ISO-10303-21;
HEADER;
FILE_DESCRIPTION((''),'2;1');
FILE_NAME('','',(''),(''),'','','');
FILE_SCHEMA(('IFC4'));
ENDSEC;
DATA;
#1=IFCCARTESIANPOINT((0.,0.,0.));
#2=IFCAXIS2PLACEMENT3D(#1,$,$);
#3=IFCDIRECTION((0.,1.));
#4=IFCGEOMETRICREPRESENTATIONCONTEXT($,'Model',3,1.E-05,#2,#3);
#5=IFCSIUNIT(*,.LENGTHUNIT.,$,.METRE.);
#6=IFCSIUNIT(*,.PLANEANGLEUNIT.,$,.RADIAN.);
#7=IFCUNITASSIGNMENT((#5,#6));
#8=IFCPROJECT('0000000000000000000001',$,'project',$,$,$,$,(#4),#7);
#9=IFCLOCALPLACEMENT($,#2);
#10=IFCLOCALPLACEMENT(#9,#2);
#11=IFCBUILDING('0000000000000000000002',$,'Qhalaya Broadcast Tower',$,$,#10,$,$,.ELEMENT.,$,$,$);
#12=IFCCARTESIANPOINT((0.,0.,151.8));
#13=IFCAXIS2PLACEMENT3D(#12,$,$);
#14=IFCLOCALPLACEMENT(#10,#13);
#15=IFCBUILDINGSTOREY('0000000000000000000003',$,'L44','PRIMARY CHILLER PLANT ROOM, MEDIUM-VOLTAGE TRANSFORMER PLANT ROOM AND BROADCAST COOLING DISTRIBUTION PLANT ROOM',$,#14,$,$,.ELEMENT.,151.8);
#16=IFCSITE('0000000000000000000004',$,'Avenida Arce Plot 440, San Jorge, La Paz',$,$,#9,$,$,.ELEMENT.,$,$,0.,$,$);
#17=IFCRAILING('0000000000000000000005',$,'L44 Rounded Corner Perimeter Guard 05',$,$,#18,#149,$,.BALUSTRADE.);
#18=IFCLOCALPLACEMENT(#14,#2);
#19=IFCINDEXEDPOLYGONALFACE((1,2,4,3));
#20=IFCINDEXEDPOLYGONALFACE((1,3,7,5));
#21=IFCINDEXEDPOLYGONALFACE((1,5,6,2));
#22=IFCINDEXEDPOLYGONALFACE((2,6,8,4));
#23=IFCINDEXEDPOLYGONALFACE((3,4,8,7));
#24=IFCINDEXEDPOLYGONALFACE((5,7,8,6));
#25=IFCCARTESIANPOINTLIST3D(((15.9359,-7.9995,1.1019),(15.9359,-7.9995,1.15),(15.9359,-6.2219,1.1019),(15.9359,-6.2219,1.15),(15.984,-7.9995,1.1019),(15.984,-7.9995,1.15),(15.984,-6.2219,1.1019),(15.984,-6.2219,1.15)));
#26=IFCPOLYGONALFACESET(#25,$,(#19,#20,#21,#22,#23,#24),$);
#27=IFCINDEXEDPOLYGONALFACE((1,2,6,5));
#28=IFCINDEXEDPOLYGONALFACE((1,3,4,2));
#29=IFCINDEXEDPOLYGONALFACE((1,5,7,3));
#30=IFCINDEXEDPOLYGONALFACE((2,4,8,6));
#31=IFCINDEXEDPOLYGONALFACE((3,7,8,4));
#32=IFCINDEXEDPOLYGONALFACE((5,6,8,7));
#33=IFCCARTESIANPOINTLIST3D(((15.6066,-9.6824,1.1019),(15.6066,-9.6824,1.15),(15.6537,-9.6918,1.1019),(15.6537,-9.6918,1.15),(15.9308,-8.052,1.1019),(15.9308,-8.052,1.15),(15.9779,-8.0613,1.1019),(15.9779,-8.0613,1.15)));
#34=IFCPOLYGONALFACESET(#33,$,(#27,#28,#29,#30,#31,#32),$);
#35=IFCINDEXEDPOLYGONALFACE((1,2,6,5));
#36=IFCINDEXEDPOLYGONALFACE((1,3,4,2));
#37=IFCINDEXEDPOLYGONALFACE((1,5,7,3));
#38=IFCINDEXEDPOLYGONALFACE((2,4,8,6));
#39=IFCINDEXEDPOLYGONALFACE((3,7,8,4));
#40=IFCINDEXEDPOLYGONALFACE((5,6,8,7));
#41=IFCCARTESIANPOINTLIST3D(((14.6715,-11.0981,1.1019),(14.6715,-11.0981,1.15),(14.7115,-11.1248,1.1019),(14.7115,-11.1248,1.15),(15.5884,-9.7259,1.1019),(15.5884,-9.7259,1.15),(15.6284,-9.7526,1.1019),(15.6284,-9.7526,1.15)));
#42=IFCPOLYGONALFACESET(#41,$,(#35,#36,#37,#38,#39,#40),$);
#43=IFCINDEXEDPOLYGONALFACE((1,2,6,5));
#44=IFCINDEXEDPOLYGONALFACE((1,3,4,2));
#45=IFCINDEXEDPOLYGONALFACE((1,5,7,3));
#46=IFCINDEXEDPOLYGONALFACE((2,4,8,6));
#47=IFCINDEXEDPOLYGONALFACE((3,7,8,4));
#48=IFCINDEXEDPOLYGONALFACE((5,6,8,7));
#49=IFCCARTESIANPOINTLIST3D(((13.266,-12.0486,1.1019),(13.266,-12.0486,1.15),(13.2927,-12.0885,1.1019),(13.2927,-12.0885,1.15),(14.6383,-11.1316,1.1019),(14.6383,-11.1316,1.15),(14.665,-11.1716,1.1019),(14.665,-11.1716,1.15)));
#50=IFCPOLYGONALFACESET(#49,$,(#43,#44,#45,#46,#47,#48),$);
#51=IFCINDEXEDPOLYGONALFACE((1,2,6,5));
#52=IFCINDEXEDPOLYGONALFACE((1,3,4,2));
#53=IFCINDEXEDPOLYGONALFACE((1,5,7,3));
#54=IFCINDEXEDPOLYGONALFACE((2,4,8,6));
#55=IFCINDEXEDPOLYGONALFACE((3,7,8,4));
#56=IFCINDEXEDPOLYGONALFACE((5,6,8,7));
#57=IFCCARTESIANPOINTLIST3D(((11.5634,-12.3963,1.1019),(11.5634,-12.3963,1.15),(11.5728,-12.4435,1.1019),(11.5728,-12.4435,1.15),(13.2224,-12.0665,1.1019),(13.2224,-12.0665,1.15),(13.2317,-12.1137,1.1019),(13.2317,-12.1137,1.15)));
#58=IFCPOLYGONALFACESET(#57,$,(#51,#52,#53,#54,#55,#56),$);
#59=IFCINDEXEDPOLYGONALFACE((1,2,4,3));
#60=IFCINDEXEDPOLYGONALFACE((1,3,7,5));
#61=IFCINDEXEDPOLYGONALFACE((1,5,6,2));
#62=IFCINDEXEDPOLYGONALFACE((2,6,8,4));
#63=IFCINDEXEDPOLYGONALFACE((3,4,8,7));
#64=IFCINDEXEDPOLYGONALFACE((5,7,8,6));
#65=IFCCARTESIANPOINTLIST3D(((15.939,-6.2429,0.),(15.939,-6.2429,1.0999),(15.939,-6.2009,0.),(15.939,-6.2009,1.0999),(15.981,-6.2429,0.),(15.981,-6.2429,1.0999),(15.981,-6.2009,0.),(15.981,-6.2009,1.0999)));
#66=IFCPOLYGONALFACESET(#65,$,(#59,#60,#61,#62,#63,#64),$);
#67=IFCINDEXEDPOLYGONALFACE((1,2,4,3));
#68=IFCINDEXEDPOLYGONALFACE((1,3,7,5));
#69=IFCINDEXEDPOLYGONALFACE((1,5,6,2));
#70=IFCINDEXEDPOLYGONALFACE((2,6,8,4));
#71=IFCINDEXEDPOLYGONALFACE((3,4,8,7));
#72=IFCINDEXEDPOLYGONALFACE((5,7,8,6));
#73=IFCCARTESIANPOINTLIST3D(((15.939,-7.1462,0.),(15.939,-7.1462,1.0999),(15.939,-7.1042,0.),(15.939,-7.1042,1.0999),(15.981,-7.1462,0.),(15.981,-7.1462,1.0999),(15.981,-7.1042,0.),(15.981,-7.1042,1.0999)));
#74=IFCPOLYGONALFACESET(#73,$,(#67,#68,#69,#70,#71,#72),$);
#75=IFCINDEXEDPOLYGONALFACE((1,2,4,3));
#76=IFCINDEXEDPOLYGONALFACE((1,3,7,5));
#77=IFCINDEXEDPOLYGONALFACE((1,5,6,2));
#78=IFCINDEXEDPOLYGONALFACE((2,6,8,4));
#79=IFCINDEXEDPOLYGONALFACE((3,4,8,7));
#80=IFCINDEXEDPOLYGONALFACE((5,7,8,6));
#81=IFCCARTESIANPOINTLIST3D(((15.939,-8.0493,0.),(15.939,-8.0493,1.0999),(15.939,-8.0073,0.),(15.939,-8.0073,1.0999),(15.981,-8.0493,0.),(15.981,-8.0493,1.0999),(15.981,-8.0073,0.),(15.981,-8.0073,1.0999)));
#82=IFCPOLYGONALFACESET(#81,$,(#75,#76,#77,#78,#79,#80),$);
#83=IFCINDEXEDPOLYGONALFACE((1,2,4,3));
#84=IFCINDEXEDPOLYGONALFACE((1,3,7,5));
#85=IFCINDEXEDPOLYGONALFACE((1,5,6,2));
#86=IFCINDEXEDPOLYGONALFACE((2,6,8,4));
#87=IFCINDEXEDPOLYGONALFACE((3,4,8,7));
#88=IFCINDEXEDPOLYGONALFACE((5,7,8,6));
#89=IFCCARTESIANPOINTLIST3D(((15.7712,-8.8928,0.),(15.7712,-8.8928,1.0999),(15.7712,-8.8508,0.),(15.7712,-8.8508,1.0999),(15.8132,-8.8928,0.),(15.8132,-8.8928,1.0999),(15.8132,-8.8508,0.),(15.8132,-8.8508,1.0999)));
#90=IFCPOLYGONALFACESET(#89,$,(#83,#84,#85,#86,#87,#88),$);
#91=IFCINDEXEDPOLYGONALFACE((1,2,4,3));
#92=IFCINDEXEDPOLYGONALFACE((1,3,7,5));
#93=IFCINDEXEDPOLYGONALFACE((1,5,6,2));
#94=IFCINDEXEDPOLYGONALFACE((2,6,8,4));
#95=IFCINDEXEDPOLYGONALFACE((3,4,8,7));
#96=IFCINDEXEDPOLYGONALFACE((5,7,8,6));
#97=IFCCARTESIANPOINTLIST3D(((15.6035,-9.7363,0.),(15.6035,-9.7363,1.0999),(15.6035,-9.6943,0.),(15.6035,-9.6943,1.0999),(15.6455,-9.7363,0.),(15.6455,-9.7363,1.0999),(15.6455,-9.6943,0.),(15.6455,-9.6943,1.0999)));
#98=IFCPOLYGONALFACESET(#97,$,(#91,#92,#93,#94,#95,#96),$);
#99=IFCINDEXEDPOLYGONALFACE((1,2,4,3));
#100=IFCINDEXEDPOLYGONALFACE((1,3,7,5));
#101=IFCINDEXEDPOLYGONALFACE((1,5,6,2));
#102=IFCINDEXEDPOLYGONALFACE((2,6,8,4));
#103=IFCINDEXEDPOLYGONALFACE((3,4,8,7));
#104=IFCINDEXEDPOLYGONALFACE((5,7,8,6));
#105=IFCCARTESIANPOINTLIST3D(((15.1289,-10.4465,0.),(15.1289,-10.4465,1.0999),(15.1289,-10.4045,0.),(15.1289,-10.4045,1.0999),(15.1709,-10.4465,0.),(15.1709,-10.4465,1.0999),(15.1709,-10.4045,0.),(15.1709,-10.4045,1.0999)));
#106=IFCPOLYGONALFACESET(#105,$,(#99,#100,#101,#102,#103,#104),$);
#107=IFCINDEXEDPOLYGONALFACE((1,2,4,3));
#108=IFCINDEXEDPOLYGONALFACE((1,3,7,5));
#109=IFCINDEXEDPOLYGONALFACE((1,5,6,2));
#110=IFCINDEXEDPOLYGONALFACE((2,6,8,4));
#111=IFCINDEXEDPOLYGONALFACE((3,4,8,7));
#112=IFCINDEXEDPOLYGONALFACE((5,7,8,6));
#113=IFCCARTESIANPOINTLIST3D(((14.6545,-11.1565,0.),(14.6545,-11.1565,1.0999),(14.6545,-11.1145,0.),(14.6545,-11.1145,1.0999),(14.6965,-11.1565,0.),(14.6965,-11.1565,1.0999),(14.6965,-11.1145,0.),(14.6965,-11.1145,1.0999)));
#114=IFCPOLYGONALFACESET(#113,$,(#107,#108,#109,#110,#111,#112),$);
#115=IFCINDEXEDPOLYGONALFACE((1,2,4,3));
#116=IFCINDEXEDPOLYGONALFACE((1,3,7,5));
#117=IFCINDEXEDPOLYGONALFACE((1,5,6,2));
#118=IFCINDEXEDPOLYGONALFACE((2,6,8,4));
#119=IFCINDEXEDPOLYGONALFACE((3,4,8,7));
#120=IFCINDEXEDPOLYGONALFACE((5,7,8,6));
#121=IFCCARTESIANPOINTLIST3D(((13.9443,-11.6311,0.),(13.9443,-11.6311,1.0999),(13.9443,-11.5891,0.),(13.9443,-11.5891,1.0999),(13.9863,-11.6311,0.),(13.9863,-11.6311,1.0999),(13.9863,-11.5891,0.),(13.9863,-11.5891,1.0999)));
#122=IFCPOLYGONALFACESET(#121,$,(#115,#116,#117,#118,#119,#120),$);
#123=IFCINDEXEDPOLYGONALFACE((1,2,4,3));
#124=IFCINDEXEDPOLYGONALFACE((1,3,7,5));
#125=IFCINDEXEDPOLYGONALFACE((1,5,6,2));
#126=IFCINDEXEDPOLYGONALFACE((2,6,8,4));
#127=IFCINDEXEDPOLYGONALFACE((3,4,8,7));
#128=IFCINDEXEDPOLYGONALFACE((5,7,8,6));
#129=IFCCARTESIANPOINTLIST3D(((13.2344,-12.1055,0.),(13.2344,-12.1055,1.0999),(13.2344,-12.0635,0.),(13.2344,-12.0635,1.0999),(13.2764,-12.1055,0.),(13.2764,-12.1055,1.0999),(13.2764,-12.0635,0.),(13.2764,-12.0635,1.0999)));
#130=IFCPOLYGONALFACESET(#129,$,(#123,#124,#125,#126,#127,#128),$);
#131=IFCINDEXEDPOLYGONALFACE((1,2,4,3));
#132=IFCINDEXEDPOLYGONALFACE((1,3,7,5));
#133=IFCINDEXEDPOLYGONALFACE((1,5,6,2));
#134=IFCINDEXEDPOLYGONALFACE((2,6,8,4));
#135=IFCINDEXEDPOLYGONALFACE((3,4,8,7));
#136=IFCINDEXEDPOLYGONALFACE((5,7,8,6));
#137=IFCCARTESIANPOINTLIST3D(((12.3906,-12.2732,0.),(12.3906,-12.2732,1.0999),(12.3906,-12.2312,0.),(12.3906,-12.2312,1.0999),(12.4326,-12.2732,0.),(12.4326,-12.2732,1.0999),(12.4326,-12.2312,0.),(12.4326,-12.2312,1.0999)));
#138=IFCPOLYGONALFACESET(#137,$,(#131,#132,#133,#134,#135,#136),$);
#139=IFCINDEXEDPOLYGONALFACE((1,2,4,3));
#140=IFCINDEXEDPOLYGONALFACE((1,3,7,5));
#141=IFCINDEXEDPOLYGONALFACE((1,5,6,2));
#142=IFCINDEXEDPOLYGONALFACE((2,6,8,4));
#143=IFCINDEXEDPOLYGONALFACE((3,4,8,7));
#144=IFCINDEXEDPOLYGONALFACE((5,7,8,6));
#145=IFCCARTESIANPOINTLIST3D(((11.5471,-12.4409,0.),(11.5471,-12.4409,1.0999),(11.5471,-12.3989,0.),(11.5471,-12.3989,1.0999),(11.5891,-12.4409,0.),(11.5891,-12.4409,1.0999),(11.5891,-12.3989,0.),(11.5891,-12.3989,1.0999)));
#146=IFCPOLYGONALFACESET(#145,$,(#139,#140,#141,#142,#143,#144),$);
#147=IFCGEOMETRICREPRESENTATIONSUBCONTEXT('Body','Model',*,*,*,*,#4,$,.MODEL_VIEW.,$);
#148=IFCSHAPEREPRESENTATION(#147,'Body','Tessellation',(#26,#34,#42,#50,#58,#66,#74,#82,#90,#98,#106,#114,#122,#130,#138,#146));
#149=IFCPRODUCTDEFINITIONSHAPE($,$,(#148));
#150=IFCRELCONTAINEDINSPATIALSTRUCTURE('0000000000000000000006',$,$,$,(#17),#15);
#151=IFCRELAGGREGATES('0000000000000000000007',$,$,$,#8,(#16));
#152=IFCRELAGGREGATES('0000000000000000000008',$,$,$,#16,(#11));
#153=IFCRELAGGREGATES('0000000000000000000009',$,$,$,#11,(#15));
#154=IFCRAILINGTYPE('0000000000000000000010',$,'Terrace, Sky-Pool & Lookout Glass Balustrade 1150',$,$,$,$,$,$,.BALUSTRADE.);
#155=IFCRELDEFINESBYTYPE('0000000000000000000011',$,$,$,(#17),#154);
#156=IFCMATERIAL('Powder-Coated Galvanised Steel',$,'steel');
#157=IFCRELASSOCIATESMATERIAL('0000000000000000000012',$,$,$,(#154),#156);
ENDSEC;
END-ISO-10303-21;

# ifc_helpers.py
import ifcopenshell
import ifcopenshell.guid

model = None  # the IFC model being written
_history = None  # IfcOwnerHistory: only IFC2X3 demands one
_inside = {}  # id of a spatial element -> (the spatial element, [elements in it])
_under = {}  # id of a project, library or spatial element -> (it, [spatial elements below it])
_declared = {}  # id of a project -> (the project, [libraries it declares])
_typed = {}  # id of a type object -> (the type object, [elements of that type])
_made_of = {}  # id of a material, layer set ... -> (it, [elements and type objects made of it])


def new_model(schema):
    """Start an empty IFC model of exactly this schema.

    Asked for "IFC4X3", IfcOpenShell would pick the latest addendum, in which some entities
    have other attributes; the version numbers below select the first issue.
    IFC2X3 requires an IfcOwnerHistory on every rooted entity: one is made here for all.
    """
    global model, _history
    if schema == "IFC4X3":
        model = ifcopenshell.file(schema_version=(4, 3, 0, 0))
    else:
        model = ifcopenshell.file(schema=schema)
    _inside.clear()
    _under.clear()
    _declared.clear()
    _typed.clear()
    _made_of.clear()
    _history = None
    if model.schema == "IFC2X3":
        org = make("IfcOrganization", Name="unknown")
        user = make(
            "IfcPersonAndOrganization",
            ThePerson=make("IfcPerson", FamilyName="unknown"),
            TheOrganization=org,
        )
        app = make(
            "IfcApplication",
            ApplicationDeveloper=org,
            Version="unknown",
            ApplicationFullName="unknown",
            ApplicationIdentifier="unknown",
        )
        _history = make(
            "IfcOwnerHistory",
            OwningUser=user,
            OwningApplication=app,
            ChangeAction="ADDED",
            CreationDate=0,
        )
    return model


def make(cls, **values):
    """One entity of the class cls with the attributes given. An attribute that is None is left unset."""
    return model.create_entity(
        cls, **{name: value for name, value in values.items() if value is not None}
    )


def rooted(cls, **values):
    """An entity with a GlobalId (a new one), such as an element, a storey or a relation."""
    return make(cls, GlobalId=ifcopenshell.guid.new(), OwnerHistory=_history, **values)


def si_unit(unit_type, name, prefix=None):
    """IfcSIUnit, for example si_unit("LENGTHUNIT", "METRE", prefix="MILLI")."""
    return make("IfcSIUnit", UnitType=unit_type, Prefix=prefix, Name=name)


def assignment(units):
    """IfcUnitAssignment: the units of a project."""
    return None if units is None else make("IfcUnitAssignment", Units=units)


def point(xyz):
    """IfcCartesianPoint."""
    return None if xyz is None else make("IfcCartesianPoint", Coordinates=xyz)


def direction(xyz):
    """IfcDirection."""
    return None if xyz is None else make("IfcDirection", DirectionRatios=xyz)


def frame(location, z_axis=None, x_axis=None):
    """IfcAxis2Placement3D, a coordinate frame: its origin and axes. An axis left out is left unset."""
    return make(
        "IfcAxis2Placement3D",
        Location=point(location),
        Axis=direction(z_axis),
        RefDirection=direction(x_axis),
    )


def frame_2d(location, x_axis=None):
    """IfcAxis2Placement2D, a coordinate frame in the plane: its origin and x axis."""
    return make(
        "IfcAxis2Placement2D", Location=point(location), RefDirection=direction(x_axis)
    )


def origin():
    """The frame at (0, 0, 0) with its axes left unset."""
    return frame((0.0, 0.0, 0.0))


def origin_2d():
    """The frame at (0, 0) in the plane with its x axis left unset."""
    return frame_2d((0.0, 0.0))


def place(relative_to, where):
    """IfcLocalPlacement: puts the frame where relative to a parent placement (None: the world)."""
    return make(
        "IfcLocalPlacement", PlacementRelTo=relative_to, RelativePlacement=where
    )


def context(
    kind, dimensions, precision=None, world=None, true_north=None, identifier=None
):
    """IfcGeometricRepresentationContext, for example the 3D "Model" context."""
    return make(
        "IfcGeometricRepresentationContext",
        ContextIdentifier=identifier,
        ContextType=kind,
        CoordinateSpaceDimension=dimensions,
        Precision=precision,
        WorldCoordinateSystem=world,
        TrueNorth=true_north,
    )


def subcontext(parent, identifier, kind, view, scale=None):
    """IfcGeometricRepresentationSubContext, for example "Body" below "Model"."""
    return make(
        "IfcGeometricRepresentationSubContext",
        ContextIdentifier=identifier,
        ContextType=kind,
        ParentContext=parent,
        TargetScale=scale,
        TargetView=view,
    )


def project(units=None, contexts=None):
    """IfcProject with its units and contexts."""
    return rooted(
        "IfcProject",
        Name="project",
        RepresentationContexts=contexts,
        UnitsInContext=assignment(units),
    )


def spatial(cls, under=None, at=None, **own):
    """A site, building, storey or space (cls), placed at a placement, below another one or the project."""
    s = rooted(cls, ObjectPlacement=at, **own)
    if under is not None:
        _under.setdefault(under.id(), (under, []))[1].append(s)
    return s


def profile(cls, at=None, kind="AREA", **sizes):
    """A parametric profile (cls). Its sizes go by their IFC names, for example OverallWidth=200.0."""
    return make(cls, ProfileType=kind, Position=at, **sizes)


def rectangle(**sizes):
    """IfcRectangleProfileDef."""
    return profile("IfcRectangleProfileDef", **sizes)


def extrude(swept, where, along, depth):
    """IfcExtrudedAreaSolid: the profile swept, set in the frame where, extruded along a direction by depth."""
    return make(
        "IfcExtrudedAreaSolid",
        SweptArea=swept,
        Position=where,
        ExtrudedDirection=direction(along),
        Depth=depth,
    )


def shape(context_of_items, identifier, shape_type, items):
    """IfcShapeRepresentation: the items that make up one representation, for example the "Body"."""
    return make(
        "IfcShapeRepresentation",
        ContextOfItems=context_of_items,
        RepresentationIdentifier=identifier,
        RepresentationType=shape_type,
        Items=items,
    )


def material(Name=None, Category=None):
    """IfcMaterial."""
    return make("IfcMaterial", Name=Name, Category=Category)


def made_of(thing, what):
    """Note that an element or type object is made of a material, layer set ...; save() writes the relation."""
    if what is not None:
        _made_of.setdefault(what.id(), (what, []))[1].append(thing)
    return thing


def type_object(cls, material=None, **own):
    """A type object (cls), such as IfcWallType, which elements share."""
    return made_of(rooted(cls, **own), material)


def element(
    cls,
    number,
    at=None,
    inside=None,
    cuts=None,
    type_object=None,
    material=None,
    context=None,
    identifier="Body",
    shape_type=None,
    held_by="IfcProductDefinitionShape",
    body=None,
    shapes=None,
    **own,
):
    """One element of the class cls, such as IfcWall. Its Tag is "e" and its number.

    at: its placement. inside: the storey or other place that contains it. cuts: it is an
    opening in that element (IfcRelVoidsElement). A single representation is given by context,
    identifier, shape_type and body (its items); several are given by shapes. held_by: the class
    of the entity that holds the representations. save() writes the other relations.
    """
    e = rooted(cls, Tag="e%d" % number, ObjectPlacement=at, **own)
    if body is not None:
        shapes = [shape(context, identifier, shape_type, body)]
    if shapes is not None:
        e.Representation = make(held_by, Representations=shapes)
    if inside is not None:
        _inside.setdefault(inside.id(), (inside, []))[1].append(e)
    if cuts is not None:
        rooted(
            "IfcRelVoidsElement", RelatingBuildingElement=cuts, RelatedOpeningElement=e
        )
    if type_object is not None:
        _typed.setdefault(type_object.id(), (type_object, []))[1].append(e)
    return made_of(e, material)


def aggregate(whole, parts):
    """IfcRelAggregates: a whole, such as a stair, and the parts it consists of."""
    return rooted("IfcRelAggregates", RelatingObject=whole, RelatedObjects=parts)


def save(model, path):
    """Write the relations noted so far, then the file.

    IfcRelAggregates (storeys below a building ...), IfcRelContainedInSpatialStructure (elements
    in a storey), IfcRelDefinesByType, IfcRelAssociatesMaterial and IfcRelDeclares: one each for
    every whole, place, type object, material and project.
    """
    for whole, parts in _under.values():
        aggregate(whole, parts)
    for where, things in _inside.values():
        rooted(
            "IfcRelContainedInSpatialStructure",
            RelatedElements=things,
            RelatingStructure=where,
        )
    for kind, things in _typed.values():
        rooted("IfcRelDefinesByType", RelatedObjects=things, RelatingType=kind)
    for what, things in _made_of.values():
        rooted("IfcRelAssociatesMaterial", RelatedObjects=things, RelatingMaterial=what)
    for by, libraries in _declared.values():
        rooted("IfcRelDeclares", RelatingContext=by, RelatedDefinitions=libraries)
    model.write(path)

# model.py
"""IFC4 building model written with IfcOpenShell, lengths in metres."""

from ifc_helpers import new_model, si_unit, direction, frame, origin, origin_2d, place, context, subcontext, project, spatial, rectangle, extrude, material, type_object, element, save


model = new_model("IFC4")

# Units and contexts
model_context = context("Model", 3, precision=1e-05, world=origin(), true_north=direction((0.0, 1.0)))
body_context = subcontext(model_context, "Body", "Model", "MODEL_VIEW")
ifc_project = project(units=[si_unit("LENGTHUNIT", "METRE"), si_unit("PLANEANGLEUNIT", "RADIAN")], contexts=[model_context])

# Site, building, storey
site_placement = place(None, origin())
site = spatial("IfcSite", under=ifc_project, at=site_placement, Name="Avenida Arce Plot 440, San Jorge, La Paz", CompositionType="ELEMENT", RefElevation=0.0)
building_placement = place(site_placement, origin())
building = spatial("IfcBuilding", under=site, at=building_placement, Name="Qhalaya Broadcast Tower", CompositionType="ELEMENT")
storey_placement = place(building_placement, frame((0.0, 0.0, 151.8)))
storey = spatial("IfcBuildingStorey", under=building, at=storey_placement, Name="L44", Description="PRIMARY CHILLER PLANT ROOM, MEDIUM-VOLTAGE TRANSFORMER PLANT ROOM AND BROADCAST COOLING DISTRIBUTION PLANT ROOM", CompositionType="ELEMENT", Elevation=151.8)

# Railing
ifc_material_1 = material(Name="Powder-Coated Galvanised Steel", Category="steel")
railing_type = type_object("IfcRailingType", Name="Terrace, Sky-Pool & Lookout Glass Balustrade 1150", PredefinedType="BALUSTRADE", material=ifc_material_1)
railing_1_placement = place(storey_placement, frame((15.96, -6.2219, 0.0)))
element("IfcRailing", 1, at=railing_1_placement, inside=storey, type_object=railing_type, Name="L44 Rounded Corner Perimeter Guard 05", PredefinedType="BALUSTRADE", context=body_context, shape_type="SweptSolid", body=[
    extrude(rectangle(XDim=0.0481, YDim=0.0481, at=origin_2d()), frame((0.0, 0.0, 1.126), z_axis=(0.0, -1.0, 0.0), x_axis=(1.0, 0.0, 0.0)), (0.0, 0.0, 1.0), 1.7776),
    extrude(rectangle(XDim=0.0481, YDim=0.0481, at=origin_2d()), frame((-0.0056, -1.8347, 1.126), z_axis=(-0.195024, -0.980798, 0.0), x_axis=(0.980798, -0.195024, 0.0)), (0.0, 0.0, 1.0), 1.6624),
    extrude(rectangle(XDim=0.0481, YDim=0.0481, at=origin_2d()), frame((-0.3516, -3.5173, 1.126), z_axis=(-0.55559, -0.831456, 0.0), x_axis=(0.831456, -0.55559, 0.0)), (0.0, 0.0, 1.0), 1.6504),
    extrude(rectangle(XDim=0.0481, YDim=0.0481, at=origin_2d()), frame((-1.3083, -4.9297, 1.126), z_axis=(-0.831456, -0.55559, 0.0), x_axis=(0.55559, -0.831456, 0.0)), (0.0, 0.0, 1.0), 1.6504),
    extrude(rectangle(XDim=0.0481, YDim=0.0481, at=origin_2d()), frame((-2.7329, -5.8682, 1.126), z_axis=(-0.980804, -0.194997, 0.0), x_axis=(0.194997, -0.980804, 0.0)), (0.0, 0.0, 1.0), 1.6914),
    extrude(rectangle(XDim=0.042, YDim=0.042, at=origin_2d()), origin(), (0.0, 0.0, 1.0), 1.0999),
    extrude(rectangle(XDim=0.042, YDim=0.042, at=origin_2d()), frame((0.0, -0.9033, 0.0)), (0.0, 0.0, 1.0), 1.0999),
    extrude(rectangle(XDim=0.042, YDim=0.042, at=origin_2d()), frame((0.0, -1.8064, 0.0)), (0.0, 0.0, 1.0), 1.0999),
    extrude(rectangle(XDim=0.042, YDim=0.042, at=origin_2d()), frame((-0.1677, -2.6499, 0.0)), (0.0, 0.0, 1.0), 1.0999),
    extrude(rectangle(XDim=0.042, YDim=0.042, at=origin_2d()), frame((-0.3354, -3.4934, 0.0)), (0.0, 0.0, 1.0), 1.0999),
    extrude(rectangle(XDim=0.042, YDim=0.042, at=origin_2d()), frame((-0.8101, -4.2036, 0.0)), (0.0, 0.0, 1.0), 1.0999),
    extrude(rectangle(XDim=0.042, YDim=0.042, at=origin_2d()), frame((-1.2844, -4.9136, 0.0)), (0.0, 0.0, 1.0), 1.0999),
    extrude(rectangle(XDim=0.042, YDim=0.042, at=origin_2d()), frame((-1.9946, -5.3882, 0.0)), (0.0, 0.0, 1.0), 1.0999),
    extrude(rectangle(XDim=0.042, YDim=0.042, at=origin_2d()), frame((-2.7046, -5.8625, 0.0)), (0.0, 0.0, 1.0), 1.0999),
    extrude(rectangle(XDim=0.042, YDim=0.042, at=origin_2d()), frame((-3.5483, -6.0303, 0.0)), (0.0, 0.0, 1.0), 1.0999),
    extrude(rectangle(XDim=0.042, YDim=0.042, at=origin_2d()), frame((-4.3918, -6.198, 0.0)), (0.0, 0.0, 1.0), 1.0999),
])

save(model, "model.ifc")
